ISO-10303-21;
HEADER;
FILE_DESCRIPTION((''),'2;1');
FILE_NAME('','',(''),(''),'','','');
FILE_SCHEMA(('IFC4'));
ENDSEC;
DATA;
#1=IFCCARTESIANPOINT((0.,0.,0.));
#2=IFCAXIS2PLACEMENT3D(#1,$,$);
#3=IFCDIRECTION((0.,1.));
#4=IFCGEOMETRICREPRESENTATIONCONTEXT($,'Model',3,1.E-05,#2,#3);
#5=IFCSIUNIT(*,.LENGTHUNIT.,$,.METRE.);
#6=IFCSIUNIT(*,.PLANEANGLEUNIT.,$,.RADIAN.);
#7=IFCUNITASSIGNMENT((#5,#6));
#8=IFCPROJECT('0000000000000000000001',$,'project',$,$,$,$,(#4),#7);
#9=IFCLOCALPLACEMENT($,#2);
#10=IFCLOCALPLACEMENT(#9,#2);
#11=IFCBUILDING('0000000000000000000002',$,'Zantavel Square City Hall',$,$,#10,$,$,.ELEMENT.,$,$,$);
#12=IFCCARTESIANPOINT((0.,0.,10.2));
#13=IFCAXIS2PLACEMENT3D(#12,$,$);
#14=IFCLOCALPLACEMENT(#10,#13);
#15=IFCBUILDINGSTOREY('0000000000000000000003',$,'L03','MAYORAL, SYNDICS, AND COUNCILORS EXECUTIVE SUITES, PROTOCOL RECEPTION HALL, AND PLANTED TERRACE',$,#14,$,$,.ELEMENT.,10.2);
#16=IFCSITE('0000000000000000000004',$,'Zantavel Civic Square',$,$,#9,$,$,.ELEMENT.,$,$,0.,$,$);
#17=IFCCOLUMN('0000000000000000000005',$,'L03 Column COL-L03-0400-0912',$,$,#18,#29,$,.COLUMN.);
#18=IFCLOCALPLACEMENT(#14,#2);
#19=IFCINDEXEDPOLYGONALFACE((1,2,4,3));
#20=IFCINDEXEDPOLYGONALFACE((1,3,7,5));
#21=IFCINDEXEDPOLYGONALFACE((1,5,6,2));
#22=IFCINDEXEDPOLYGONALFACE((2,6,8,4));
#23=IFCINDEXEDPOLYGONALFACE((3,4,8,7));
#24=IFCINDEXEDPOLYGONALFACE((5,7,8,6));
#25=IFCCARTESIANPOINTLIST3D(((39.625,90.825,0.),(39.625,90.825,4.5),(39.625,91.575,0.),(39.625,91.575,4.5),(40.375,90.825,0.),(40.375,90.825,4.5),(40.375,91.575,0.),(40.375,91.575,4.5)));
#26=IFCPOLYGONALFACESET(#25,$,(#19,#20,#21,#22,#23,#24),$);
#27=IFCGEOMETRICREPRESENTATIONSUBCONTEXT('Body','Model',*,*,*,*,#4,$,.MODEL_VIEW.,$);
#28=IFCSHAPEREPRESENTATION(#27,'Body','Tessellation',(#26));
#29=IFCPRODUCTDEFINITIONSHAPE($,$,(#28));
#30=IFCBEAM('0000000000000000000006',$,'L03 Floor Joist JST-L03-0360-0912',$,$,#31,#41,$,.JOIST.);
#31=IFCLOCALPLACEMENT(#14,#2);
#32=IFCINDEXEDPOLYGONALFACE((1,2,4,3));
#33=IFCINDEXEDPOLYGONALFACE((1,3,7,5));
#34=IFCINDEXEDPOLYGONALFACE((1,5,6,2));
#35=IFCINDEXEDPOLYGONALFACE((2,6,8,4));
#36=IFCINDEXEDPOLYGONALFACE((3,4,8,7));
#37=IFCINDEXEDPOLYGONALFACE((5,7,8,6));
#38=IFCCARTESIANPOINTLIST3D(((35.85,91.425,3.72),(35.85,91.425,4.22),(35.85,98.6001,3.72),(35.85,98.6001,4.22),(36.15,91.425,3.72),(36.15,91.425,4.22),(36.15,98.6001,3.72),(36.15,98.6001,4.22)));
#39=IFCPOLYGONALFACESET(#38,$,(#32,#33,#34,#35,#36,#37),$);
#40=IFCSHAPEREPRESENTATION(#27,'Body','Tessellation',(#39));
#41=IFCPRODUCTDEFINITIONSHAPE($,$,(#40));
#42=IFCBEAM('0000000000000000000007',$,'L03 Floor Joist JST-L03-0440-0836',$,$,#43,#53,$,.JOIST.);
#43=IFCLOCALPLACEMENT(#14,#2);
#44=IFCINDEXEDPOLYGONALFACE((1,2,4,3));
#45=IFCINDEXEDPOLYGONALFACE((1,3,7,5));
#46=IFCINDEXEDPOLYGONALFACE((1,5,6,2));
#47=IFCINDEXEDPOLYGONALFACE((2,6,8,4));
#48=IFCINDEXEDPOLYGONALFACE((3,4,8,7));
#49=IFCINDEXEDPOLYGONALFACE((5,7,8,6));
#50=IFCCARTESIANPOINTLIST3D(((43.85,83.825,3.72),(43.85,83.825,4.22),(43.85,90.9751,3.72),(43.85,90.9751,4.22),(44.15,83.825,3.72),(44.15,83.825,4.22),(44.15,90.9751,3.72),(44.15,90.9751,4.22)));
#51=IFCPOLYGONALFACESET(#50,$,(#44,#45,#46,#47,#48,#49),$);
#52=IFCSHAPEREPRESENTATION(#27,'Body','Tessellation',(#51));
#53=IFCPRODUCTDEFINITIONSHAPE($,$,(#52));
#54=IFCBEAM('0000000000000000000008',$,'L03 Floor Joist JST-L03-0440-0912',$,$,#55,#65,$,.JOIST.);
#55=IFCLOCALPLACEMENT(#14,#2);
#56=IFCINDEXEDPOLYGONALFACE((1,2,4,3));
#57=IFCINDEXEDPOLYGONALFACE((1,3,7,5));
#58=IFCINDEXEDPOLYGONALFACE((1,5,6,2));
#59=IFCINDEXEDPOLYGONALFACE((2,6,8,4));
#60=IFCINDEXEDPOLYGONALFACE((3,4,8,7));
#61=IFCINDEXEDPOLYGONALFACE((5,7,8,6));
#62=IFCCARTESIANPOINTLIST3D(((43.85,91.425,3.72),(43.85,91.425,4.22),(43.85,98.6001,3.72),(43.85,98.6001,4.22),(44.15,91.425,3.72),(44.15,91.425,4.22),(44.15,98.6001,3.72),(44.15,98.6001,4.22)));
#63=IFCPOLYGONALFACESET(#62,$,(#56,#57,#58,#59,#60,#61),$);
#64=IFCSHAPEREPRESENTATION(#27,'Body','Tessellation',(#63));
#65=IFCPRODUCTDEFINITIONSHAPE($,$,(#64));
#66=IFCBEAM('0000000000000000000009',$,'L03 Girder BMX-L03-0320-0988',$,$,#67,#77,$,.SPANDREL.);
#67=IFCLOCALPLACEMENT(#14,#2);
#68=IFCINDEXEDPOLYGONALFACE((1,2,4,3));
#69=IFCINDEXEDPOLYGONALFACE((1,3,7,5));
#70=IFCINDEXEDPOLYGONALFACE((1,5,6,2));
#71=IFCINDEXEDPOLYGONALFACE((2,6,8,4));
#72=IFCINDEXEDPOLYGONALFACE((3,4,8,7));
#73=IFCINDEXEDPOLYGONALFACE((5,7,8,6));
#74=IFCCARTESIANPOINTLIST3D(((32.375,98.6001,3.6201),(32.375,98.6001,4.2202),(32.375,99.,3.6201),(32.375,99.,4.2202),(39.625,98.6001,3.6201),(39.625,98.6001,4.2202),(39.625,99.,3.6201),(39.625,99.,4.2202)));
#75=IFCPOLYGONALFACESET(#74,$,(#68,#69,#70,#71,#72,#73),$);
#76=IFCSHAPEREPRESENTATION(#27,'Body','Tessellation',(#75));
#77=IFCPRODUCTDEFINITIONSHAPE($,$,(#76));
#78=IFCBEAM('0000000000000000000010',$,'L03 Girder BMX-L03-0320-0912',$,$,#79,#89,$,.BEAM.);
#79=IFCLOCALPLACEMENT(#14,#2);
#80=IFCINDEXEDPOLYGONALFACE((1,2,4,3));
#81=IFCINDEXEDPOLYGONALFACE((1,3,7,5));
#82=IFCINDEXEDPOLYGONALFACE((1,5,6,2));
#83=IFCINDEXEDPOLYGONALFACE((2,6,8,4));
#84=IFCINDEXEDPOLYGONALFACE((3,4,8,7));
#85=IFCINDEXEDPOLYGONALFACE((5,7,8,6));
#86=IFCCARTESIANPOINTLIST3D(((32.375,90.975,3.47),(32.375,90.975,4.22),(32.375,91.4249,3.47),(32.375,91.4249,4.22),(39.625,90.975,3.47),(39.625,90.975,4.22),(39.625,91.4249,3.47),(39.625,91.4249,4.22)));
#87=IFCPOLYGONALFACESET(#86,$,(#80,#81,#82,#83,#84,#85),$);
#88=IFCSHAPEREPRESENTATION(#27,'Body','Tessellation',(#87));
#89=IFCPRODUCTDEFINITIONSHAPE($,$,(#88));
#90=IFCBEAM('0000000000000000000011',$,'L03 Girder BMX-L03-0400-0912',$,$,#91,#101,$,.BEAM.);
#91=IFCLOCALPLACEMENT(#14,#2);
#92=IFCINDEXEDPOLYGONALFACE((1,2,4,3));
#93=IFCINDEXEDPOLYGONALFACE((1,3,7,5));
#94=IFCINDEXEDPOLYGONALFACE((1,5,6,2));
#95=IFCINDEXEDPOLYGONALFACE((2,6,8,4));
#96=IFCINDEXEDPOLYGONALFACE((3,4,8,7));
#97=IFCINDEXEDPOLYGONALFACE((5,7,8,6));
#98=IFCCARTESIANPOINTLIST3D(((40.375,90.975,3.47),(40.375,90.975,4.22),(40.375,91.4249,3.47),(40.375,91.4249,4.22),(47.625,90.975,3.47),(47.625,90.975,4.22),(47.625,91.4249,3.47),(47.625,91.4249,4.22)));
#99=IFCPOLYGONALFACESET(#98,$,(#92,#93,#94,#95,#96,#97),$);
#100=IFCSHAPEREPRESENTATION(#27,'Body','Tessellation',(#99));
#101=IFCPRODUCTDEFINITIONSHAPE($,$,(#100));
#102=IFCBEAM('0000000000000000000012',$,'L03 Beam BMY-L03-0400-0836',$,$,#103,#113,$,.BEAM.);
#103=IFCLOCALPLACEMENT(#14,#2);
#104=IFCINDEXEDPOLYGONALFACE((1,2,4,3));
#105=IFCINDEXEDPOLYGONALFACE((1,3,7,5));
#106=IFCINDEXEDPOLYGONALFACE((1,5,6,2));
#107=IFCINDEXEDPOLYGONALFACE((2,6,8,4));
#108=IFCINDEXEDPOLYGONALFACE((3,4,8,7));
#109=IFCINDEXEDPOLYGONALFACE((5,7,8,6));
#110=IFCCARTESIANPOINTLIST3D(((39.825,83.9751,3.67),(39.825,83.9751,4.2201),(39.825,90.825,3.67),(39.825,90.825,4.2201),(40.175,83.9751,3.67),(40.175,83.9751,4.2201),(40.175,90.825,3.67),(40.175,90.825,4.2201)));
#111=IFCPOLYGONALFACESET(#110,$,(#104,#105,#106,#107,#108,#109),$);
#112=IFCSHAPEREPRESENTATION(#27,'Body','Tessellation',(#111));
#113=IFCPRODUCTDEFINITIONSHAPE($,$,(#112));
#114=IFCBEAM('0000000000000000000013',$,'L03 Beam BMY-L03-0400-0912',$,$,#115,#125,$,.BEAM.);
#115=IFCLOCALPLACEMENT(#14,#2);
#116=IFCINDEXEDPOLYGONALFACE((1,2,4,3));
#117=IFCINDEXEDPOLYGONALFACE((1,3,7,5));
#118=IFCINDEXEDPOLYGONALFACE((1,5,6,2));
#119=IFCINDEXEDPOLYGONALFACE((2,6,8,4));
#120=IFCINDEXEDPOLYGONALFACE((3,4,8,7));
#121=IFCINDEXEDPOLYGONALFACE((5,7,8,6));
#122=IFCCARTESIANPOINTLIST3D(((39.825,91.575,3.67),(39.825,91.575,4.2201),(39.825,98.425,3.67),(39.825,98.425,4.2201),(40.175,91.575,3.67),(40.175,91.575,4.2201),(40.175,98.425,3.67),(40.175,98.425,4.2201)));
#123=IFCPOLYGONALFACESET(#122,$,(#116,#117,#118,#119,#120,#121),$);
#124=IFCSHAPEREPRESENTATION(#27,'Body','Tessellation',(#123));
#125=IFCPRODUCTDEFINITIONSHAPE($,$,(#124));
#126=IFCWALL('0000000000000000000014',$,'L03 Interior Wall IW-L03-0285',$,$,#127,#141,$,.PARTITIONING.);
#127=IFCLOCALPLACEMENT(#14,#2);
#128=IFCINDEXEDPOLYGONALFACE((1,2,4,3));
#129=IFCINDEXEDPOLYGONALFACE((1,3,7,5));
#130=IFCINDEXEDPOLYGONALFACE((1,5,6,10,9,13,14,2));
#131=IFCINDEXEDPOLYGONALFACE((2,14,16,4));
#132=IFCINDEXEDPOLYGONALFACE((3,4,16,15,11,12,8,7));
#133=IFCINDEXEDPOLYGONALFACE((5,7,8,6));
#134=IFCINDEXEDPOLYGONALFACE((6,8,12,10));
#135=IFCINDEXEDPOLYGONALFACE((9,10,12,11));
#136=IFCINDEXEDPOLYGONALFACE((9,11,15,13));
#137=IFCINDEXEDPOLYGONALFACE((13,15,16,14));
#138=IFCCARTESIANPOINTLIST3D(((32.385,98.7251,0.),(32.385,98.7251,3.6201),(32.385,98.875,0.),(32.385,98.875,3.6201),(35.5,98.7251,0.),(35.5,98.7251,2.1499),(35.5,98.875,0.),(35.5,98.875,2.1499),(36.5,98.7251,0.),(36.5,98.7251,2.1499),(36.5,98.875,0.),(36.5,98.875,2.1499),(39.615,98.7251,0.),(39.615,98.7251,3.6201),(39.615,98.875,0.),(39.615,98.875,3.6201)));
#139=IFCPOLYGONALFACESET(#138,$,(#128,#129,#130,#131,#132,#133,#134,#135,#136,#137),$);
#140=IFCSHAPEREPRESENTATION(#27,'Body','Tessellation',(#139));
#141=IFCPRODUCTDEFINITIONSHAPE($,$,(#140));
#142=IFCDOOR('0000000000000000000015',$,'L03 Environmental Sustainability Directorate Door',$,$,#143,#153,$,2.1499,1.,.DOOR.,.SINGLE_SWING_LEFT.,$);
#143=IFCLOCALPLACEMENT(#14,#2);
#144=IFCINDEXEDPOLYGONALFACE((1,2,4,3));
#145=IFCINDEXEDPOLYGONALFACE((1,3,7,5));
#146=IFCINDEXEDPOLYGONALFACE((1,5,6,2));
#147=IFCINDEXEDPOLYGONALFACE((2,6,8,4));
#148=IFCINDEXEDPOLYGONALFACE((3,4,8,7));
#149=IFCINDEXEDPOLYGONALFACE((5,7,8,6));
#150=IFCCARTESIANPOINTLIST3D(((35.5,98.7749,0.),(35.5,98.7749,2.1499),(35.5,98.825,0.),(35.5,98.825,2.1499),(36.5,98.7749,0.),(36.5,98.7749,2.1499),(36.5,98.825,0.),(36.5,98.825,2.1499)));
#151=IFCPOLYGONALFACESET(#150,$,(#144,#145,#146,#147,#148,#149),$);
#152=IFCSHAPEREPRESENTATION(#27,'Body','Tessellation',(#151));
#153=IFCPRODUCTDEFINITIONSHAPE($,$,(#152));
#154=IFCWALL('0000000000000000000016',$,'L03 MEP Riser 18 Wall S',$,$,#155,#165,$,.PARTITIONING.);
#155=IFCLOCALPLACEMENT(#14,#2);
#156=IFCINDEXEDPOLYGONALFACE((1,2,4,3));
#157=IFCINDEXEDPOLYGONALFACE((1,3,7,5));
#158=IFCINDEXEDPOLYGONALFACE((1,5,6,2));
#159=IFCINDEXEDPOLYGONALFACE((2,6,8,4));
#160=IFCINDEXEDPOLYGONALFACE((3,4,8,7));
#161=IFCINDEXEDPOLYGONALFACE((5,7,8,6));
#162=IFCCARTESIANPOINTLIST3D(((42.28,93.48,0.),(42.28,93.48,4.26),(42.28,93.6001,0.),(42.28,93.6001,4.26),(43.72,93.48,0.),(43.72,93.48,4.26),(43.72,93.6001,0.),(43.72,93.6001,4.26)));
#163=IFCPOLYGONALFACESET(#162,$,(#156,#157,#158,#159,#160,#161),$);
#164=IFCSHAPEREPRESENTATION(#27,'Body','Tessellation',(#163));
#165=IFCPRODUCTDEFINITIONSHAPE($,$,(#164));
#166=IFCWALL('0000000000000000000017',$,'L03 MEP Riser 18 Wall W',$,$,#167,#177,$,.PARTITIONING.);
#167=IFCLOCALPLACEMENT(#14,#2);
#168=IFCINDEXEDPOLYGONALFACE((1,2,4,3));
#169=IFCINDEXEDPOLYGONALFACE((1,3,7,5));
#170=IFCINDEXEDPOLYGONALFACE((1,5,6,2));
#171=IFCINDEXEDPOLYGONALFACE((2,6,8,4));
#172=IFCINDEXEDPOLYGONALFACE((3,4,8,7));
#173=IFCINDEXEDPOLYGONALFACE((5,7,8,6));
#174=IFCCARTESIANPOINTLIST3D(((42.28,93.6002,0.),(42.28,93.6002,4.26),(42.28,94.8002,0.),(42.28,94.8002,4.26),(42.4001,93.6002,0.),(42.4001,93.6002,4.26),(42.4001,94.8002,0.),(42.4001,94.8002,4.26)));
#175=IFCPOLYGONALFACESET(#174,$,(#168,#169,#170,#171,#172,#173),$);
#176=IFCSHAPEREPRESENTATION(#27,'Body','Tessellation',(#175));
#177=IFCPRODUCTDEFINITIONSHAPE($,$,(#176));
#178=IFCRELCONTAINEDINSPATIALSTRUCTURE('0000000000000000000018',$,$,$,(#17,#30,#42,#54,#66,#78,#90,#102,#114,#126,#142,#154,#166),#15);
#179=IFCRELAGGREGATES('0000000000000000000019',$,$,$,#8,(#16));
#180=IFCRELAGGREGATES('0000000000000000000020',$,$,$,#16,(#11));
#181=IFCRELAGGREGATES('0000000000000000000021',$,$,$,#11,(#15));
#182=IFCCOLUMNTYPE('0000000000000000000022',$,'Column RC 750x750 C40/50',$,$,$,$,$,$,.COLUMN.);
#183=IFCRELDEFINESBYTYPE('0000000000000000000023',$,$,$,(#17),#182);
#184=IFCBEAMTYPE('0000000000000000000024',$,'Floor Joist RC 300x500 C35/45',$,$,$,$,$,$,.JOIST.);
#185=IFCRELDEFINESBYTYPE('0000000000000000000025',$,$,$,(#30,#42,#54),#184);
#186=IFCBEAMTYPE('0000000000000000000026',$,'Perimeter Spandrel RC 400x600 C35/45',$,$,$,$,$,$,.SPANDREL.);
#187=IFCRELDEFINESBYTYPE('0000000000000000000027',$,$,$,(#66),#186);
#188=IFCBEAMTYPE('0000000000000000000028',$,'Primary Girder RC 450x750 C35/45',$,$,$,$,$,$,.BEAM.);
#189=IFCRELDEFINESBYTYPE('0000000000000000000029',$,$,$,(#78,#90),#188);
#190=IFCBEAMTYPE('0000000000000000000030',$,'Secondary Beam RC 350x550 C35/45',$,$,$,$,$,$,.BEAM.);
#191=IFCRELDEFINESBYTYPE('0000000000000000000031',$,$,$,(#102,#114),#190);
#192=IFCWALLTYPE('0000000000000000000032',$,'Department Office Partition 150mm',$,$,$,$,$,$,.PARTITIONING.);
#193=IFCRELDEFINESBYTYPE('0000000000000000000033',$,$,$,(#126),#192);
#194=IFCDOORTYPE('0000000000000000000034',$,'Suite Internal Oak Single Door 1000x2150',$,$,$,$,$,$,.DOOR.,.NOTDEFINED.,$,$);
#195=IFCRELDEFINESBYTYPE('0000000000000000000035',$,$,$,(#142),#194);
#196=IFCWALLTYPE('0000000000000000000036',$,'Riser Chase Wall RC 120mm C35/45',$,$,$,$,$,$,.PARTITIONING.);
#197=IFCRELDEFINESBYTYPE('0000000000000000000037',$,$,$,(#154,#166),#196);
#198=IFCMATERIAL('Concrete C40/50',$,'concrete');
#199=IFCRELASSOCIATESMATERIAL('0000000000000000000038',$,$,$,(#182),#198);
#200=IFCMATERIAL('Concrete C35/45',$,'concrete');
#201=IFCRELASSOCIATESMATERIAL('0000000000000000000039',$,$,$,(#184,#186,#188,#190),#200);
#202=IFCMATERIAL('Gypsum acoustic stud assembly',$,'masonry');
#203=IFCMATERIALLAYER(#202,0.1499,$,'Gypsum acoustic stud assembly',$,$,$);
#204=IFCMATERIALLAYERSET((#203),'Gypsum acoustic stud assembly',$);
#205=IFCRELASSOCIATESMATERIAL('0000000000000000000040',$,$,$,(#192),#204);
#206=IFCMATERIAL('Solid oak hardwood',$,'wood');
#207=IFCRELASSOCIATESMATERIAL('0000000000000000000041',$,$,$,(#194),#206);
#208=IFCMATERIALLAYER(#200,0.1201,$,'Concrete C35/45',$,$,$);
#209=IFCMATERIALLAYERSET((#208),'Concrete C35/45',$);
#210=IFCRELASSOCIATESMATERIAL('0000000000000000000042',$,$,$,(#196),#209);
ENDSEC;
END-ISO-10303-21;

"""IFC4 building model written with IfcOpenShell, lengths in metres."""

from ifc_helpers import new_model, si_unit, direction, frame, frame_2d, origin, origin_2d, place, context, subcontext, project, spatial, rectangle, extrude, material, layer, layer_set, material_profile, profile_set, type_object, element, fill, save


model = new_model("IFC4")

# Units and contexts
model_context = context("Model", 3, precision=1e-05, world=origin(), true_north=direction((0.0, 1.0)))
body_context = subcontext(model_context, "Body", "Model", "MODEL_VIEW")
ifc_project = project(units=[si_unit("LENGTHUNIT", "METRE"), si_unit("PLANEANGLEUNIT", "RADIAN")], contexts=[model_context])

# Site, building, storey
site_placement = place(None, origin())
site = spatial("IfcSite", under=ifc_project, at=site_placement, Name="Zantavel Civic Square", CompositionType="ELEMENT", RefElevation=0.0)
building_placement = place(site_placement, origin())
building = spatial("IfcBuilding", under=site, at=building_placement, Name="Zantavel Square City Hall", CompositionType="ELEMENT")
storey_placement = place(building_placement, frame((0.0, 0.0, 10.2)))
storey = spatial("IfcBuildingStorey", under=building, at=storey_placement, Name="L03", Description="MAYORAL, SYNDICS, AND COUNCILORS EXECUTIVE SUITES, PROTOCOL RECEPTION HALL, AND PLANTED TERRACE", CompositionType="ELEMENT", Elevation=10.2)

# Column
ifc_material_1 = material(Name="Concrete C40/50", Category="concrete")
ifc_material_profile_1 = material_profile(ifc_material_1, rectangle(XDim=0.75, YDim=0.75, at=origin_2d()), Name="RC 750x750")
ifc_profile_set_1 = profile_set([ifc_material_profile_1], Name="Concrete C40/50")
column_type = type_object("IfcColumnType", Name="Column RC 750x750 C40/50", PredefinedType="COLUMN", material=ifc_profile_set_1)
column_placement = place(storey_placement, frame((40.0, 91.2, 0.0), z_axis=(0.0, 0.0, 1.0), x_axis=(1.0, 0.0, 0.0)))
element("IfcColumn", 1, at=column_placement, inside=storey, type_object=column_type, Name="L03 Column COL-L03-0400-0912", PredefinedType="COLUMN", context=body_context, shape_type="SweptSolid", body=[
    extrude(rectangle(XDim=0.75, YDim=0.75, at=origin_2d()), origin(), (0.0, 0.0, 1.0), 4.5),
])

# Beams
ifc_material_2 = material(Name="Concrete C35/45", Category="concrete")
ifc_material_profile_2 = material_profile(ifc_material_2, rectangle(XDim=0.3, YDim=0.5, at=origin_2d()), Name="RC 300x500")
ifc_profile_set_2 = profile_set([ifc_material_profile_2], Name="Concrete C35/45")
beam_type_1 = type_object("IfcBeamType", Name="Floor Joist RC 300x500 C35/45", PredefinedType="JOIST", material=ifc_profile_set_2)
beam_1_placement = place(storey_placement, frame((36.0, 91.425, 3.97), z_axis=(0.0, 1.0, 0.0), x_axis=(-1.0, 0.0, 0.0)))
element("IfcBeam", 2, at=beam_1_placement, inside=storey, type_object=beam_type_1, Name="L03 Floor Joist JST-L03-0360-0912", PredefinedType="JOIST", context=body_context, shape_type="SweptSolid", body=[
    extrude(rectangle(XDim=0.3, YDim=0.5, at=origin_2d()), origin(), (0.0, 0.0, 1.0), 7.175),
])
beam_2_placement = place(storey_placement, frame((44.0, 83.825, 3.97), z_axis=(0.0, 1.0, 0.0), x_axis=(-1.0, 0.0, 0.0)))
element("IfcBeam", 3, at=beam_2_placement, inside=storey, type_object=beam_type_1, Name="L03 Floor Joist JST-L03-0440-0836", PredefinedType="JOIST", context=body_context, shape_type="SweptSolid", body=[
    extrude(rectangle(XDim=0.3, YDim=0.5, at=origin_2d()), origin(), (0.0, 0.0, 1.0), 7.1501),
])
beam_3_placement = place(storey_placement, frame((44.0, 91.425, 3.97), z_axis=(0.0, 1.0, 0.0), x_axis=(-1.0, 0.0, 0.0)))
element("IfcBeam", 4, at=beam_3_placement, inside=storey, type_object=beam_type_1, Name="L03 Floor Joist JST-L03-0440-0912", PredefinedType="JOIST", context=body_context, shape_type="SweptSolid", body=[
    extrude(rectangle(XDim=0.3, YDim=0.5, at=origin_2d()), origin(), (0.0, 0.0, 1.0), 7.175),
])
ifc_material_profile_3 = material_profile(ifc_material_2, rectangle(XDim=0.3999, YDim=0.6001, at=origin_2d()), Name="RC 400x600")
ifc_profile_set_3 = profile_set([ifc_material_profile_3], Name="Concrete C35/45")
beam_type_2 = type_object("IfcBeamType", Name="Perimeter Spandrel RC 400x600 C35/45", PredefinedType="SPANDREL", material=ifc_profile_set_3)
beam_4_placement = place(storey_placement, frame((32.375, 98.8, 3.9202), z_axis=(1.0, 0.0, 0.0), x_axis=(0.0, 1.0, 0.0)))
element("IfcBeam", 5, at=beam_4_placement, inside=storey, type_object=beam_type_2, Name="L03 Girder BMX-L03-0320-0988", PredefinedType="SPANDREL", context=body_context, shape_type="SweptSolid", body=[
    extrude(rectangle(XDim=0.3999, YDim=0.6001, at=origin_2d()), origin(), (0.0, 0.0, 1.0), 7.25),
])
ifc_material_profile_4 = material_profile(ifc_material_2, rectangle(XDim=0.45, YDim=0.75, at=origin_2d()), Name="RC 450x750")
ifc_profile_set_4 = profile_set([ifc_material_profile_4], Name="Concrete C35/45")
beam_type_3 = type_object("IfcBeamType", Name="Primary Girder RC 450x750 C35/45", PredefinedType="BEAM", material=ifc_profile_set_4)
for number, where, z_axis, x_axis, name in (
    (6, (32.375, 91.2, 3.845), (1.0, 0.0, 0.0), (0.0, 1.0, 0.0), "L03 Girder BMX-L03-0320-0912"),
    (7, (40.375, 91.2, 3.845), (1.0, 0.0, 0.0), (0.0, 1.0, 0.0), "L03 Girder BMX-L03-0400-0912"),
):
    element("IfcBeam", number, at=place(storey_placement, frame(where, z_axis=z_axis, x_axis=x_axis)), inside=storey, type_object=beam_type_3, Name=name, PredefinedType="BEAM", context=body_context, shape_type="SweptSolid", body=[
        extrude(rectangle(XDim=0.45, YDim=0.75, at=origin_2d()), origin(), (0.0, 0.0, 1.0), 7.25),
    ])
ifc_material_profile_5 = material_profile(ifc_material_2, rectangle(XDim=0.3501, YDim=0.55, at=origin_2d()), Name="RC 350x550")
ifc_profile_set_5 = profile_set([ifc_material_profile_5], Name="Concrete C35/45")
beam_type_4 = type_object("IfcBeamType", Name="Secondary Beam RC 350x550 C35/45", PredefinedType="BEAM", material=ifc_profile_set_5)
beam_5_placement = place(storey_placement, frame((40.0, 83.9751, 3.9451), z_axis=(0.0, 1.0, 0.0), x_axis=(-1.0, 0.0, 0.0)))
element("IfcBeam", 8, at=beam_5_placement, inside=storey, type_object=beam_type_4, Name="L03 Beam BMY-L03-0400-0836", PredefinedType="BEAM", context=body_context, shape_type="SweptSolid", body=[
    extrude(rectangle(XDim=0.3501, YDim=0.55, at=origin_2d()), origin(), (0.0, 0.0, 1.0), 6.8499),
])
beam_6_placement = place(storey_placement, frame((40.0, 91.575, 3.9451), z_axis=(0.0, 1.0, 0.0), x_axis=(-1.0, 0.0, 0.0)))
element("IfcBeam", 9, at=beam_6_placement, inside=storey, type_object=beam_type_4, Name="L03 Beam BMY-L03-0400-0912", PredefinedType="BEAM", context=body_context, shape_type="SweptSolid", body=[
    extrude(rectangle(XDim=0.3501, YDim=0.55, at=origin_2d()), origin(), (0.0, 0.0, 1.0), 6.8501),
])

# Wall, opening, door
ifc_material_3 = material(Name="Gypsum acoustic stud assembly", Category="masonry")
ifc_layer_1 = layer(ifc_material_3, 0.1499, Name="Gypsum acoustic stud assembly")
ifc_layer_set_1 = layer_set([ifc_layer_1], Name="Gypsum acoustic stud assembly")
wall_type_1 = type_object("IfcWallType", Name="Department Office Partition 150mm", PredefinedType="PARTITIONING", material=ifc_layer_set_1)
wall_1_placement = place(storey_placement, frame((32.385, 98.8, 0.0), z_axis=(0.0, 0.0, 1.0), x_axis=(1.0, 0.0, 0.0)))
wall_1 = element("IfcWall", 10, at=wall_1_placement, inside=storey, type_object=wall_type_1, Name="L03 Interior Wall IW-L03-0285", PredefinedType="PARTITIONING", context=body_context, shape_type="SweptSolid", body=[
    extrude(rectangle(XDim=7.23, YDim=0.1499, at=frame_2d((3.615, 0.0))), origin(), (0.0, 0.0, 1.0), 3.6201),
])
opening_placement = place(wall_1_placement, frame((3.115, 0.0, 0.0)))
opening = element("IfcOpeningElement", 11, at=opening_placement, cuts=wall_1, PredefinedType="OPENING", context=body_context, shape_type="SweptSolid", body=[
    extrude(rectangle(XDim=1.0, YDim=2.1499, at=frame_2d((0.5, 1.075))), frame((0.0, 0.085, 0.0), z_axis=(0.0, -1.0, 0.0), x_axis=(1.0, 0.0, 0.0)), (0.0, 0.0, 1.0), 0.1699),
])
ifc_material_4 = material(Name="Solid oak hardwood", Category="wood")
door_type = type_object("IfcDoorType", Name="Suite Internal Oak Single Door 1000x2150", OperationType="NOTDEFINED", PredefinedType="DOOR", material=ifc_material_4)
door_placement = place(opening_placement, origin())
door = element("IfcDoor", 12, at=door_placement, inside=storey, type_object=door_type, Name="L03 Environmental Sustainability Directorate Door", OperationType="SINGLE_SWING_LEFT", OverallHeight=2.1499, OverallWidth=1.0, PredefinedType="DOOR", context=body_context, shape_type="SweptSolid", body=[
    extrude(rectangle(XDim=1.0, YDim=2.1499, at=frame_2d((0.5, 1.075))), frame((0.0, 0.0249, 0.0), z_axis=(0.0, -1.0, 0.0), x_axis=(1.0, 0.0, 0.0)), (0.0, 0.0, 1.0), 0.05),
])
fill(opening, door)

# Walls
ifc_layer_2 = layer(ifc_material_2, 0.1201, Name="Concrete C35/45")
ifc_layer_set_2 = layer_set([ifc_layer_2], Name="Concrete C35/45")
wall_type_2 = type_object("IfcWallType", Name="Riser Chase Wall RC 120mm C35/45", PredefinedType="PARTITIONING", material=ifc_layer_set_2)
wall_2_placement = place(storey_placement, frame((43.72, 93.54, 0.0), z_axis=(0.0, 0.0, 1.0), x_axis=(-1.0, 0.0, 0.0)))
element("IfcWall", 13, at=wall_2_placement, inside=storey, type_object=wall_type_2, Name="L03 MEP Riser 18 Wall S", PredefinedType="PARTITIONING", context=body_context, shape_type="SweptSolid", body=[
    extrude(rectangle(XDim=1.4399, YDim=0.1201, at=frame_2d((0.72, 0.0))), origin(), (0.0, 0.0, 1.0), 4.26),
])
wall_3_placement = place(storey_placement, frame((42.3401, 93.6001, 0.0), z_axis=(0.0, 0.0, 1.0), x_axis=(0.0, 1.0, 0.0)))
element("IfcWall", 14, at=wall_3_placement, inside=storey, type_object=wall_type_2, Name="L03 MEP Riser 18 Wall W", PredefinedType="PARTITIONING", context=body_context, shape_type="SweptSolid", body=[
    extrude(rectangle(XDim=1.2, YDim=0.1201, at=frame_2d((0.6001, 0.0))), origin(), (0.0, 0.0, 1.0), 4.26),
])

save(model, "model.ifc")
